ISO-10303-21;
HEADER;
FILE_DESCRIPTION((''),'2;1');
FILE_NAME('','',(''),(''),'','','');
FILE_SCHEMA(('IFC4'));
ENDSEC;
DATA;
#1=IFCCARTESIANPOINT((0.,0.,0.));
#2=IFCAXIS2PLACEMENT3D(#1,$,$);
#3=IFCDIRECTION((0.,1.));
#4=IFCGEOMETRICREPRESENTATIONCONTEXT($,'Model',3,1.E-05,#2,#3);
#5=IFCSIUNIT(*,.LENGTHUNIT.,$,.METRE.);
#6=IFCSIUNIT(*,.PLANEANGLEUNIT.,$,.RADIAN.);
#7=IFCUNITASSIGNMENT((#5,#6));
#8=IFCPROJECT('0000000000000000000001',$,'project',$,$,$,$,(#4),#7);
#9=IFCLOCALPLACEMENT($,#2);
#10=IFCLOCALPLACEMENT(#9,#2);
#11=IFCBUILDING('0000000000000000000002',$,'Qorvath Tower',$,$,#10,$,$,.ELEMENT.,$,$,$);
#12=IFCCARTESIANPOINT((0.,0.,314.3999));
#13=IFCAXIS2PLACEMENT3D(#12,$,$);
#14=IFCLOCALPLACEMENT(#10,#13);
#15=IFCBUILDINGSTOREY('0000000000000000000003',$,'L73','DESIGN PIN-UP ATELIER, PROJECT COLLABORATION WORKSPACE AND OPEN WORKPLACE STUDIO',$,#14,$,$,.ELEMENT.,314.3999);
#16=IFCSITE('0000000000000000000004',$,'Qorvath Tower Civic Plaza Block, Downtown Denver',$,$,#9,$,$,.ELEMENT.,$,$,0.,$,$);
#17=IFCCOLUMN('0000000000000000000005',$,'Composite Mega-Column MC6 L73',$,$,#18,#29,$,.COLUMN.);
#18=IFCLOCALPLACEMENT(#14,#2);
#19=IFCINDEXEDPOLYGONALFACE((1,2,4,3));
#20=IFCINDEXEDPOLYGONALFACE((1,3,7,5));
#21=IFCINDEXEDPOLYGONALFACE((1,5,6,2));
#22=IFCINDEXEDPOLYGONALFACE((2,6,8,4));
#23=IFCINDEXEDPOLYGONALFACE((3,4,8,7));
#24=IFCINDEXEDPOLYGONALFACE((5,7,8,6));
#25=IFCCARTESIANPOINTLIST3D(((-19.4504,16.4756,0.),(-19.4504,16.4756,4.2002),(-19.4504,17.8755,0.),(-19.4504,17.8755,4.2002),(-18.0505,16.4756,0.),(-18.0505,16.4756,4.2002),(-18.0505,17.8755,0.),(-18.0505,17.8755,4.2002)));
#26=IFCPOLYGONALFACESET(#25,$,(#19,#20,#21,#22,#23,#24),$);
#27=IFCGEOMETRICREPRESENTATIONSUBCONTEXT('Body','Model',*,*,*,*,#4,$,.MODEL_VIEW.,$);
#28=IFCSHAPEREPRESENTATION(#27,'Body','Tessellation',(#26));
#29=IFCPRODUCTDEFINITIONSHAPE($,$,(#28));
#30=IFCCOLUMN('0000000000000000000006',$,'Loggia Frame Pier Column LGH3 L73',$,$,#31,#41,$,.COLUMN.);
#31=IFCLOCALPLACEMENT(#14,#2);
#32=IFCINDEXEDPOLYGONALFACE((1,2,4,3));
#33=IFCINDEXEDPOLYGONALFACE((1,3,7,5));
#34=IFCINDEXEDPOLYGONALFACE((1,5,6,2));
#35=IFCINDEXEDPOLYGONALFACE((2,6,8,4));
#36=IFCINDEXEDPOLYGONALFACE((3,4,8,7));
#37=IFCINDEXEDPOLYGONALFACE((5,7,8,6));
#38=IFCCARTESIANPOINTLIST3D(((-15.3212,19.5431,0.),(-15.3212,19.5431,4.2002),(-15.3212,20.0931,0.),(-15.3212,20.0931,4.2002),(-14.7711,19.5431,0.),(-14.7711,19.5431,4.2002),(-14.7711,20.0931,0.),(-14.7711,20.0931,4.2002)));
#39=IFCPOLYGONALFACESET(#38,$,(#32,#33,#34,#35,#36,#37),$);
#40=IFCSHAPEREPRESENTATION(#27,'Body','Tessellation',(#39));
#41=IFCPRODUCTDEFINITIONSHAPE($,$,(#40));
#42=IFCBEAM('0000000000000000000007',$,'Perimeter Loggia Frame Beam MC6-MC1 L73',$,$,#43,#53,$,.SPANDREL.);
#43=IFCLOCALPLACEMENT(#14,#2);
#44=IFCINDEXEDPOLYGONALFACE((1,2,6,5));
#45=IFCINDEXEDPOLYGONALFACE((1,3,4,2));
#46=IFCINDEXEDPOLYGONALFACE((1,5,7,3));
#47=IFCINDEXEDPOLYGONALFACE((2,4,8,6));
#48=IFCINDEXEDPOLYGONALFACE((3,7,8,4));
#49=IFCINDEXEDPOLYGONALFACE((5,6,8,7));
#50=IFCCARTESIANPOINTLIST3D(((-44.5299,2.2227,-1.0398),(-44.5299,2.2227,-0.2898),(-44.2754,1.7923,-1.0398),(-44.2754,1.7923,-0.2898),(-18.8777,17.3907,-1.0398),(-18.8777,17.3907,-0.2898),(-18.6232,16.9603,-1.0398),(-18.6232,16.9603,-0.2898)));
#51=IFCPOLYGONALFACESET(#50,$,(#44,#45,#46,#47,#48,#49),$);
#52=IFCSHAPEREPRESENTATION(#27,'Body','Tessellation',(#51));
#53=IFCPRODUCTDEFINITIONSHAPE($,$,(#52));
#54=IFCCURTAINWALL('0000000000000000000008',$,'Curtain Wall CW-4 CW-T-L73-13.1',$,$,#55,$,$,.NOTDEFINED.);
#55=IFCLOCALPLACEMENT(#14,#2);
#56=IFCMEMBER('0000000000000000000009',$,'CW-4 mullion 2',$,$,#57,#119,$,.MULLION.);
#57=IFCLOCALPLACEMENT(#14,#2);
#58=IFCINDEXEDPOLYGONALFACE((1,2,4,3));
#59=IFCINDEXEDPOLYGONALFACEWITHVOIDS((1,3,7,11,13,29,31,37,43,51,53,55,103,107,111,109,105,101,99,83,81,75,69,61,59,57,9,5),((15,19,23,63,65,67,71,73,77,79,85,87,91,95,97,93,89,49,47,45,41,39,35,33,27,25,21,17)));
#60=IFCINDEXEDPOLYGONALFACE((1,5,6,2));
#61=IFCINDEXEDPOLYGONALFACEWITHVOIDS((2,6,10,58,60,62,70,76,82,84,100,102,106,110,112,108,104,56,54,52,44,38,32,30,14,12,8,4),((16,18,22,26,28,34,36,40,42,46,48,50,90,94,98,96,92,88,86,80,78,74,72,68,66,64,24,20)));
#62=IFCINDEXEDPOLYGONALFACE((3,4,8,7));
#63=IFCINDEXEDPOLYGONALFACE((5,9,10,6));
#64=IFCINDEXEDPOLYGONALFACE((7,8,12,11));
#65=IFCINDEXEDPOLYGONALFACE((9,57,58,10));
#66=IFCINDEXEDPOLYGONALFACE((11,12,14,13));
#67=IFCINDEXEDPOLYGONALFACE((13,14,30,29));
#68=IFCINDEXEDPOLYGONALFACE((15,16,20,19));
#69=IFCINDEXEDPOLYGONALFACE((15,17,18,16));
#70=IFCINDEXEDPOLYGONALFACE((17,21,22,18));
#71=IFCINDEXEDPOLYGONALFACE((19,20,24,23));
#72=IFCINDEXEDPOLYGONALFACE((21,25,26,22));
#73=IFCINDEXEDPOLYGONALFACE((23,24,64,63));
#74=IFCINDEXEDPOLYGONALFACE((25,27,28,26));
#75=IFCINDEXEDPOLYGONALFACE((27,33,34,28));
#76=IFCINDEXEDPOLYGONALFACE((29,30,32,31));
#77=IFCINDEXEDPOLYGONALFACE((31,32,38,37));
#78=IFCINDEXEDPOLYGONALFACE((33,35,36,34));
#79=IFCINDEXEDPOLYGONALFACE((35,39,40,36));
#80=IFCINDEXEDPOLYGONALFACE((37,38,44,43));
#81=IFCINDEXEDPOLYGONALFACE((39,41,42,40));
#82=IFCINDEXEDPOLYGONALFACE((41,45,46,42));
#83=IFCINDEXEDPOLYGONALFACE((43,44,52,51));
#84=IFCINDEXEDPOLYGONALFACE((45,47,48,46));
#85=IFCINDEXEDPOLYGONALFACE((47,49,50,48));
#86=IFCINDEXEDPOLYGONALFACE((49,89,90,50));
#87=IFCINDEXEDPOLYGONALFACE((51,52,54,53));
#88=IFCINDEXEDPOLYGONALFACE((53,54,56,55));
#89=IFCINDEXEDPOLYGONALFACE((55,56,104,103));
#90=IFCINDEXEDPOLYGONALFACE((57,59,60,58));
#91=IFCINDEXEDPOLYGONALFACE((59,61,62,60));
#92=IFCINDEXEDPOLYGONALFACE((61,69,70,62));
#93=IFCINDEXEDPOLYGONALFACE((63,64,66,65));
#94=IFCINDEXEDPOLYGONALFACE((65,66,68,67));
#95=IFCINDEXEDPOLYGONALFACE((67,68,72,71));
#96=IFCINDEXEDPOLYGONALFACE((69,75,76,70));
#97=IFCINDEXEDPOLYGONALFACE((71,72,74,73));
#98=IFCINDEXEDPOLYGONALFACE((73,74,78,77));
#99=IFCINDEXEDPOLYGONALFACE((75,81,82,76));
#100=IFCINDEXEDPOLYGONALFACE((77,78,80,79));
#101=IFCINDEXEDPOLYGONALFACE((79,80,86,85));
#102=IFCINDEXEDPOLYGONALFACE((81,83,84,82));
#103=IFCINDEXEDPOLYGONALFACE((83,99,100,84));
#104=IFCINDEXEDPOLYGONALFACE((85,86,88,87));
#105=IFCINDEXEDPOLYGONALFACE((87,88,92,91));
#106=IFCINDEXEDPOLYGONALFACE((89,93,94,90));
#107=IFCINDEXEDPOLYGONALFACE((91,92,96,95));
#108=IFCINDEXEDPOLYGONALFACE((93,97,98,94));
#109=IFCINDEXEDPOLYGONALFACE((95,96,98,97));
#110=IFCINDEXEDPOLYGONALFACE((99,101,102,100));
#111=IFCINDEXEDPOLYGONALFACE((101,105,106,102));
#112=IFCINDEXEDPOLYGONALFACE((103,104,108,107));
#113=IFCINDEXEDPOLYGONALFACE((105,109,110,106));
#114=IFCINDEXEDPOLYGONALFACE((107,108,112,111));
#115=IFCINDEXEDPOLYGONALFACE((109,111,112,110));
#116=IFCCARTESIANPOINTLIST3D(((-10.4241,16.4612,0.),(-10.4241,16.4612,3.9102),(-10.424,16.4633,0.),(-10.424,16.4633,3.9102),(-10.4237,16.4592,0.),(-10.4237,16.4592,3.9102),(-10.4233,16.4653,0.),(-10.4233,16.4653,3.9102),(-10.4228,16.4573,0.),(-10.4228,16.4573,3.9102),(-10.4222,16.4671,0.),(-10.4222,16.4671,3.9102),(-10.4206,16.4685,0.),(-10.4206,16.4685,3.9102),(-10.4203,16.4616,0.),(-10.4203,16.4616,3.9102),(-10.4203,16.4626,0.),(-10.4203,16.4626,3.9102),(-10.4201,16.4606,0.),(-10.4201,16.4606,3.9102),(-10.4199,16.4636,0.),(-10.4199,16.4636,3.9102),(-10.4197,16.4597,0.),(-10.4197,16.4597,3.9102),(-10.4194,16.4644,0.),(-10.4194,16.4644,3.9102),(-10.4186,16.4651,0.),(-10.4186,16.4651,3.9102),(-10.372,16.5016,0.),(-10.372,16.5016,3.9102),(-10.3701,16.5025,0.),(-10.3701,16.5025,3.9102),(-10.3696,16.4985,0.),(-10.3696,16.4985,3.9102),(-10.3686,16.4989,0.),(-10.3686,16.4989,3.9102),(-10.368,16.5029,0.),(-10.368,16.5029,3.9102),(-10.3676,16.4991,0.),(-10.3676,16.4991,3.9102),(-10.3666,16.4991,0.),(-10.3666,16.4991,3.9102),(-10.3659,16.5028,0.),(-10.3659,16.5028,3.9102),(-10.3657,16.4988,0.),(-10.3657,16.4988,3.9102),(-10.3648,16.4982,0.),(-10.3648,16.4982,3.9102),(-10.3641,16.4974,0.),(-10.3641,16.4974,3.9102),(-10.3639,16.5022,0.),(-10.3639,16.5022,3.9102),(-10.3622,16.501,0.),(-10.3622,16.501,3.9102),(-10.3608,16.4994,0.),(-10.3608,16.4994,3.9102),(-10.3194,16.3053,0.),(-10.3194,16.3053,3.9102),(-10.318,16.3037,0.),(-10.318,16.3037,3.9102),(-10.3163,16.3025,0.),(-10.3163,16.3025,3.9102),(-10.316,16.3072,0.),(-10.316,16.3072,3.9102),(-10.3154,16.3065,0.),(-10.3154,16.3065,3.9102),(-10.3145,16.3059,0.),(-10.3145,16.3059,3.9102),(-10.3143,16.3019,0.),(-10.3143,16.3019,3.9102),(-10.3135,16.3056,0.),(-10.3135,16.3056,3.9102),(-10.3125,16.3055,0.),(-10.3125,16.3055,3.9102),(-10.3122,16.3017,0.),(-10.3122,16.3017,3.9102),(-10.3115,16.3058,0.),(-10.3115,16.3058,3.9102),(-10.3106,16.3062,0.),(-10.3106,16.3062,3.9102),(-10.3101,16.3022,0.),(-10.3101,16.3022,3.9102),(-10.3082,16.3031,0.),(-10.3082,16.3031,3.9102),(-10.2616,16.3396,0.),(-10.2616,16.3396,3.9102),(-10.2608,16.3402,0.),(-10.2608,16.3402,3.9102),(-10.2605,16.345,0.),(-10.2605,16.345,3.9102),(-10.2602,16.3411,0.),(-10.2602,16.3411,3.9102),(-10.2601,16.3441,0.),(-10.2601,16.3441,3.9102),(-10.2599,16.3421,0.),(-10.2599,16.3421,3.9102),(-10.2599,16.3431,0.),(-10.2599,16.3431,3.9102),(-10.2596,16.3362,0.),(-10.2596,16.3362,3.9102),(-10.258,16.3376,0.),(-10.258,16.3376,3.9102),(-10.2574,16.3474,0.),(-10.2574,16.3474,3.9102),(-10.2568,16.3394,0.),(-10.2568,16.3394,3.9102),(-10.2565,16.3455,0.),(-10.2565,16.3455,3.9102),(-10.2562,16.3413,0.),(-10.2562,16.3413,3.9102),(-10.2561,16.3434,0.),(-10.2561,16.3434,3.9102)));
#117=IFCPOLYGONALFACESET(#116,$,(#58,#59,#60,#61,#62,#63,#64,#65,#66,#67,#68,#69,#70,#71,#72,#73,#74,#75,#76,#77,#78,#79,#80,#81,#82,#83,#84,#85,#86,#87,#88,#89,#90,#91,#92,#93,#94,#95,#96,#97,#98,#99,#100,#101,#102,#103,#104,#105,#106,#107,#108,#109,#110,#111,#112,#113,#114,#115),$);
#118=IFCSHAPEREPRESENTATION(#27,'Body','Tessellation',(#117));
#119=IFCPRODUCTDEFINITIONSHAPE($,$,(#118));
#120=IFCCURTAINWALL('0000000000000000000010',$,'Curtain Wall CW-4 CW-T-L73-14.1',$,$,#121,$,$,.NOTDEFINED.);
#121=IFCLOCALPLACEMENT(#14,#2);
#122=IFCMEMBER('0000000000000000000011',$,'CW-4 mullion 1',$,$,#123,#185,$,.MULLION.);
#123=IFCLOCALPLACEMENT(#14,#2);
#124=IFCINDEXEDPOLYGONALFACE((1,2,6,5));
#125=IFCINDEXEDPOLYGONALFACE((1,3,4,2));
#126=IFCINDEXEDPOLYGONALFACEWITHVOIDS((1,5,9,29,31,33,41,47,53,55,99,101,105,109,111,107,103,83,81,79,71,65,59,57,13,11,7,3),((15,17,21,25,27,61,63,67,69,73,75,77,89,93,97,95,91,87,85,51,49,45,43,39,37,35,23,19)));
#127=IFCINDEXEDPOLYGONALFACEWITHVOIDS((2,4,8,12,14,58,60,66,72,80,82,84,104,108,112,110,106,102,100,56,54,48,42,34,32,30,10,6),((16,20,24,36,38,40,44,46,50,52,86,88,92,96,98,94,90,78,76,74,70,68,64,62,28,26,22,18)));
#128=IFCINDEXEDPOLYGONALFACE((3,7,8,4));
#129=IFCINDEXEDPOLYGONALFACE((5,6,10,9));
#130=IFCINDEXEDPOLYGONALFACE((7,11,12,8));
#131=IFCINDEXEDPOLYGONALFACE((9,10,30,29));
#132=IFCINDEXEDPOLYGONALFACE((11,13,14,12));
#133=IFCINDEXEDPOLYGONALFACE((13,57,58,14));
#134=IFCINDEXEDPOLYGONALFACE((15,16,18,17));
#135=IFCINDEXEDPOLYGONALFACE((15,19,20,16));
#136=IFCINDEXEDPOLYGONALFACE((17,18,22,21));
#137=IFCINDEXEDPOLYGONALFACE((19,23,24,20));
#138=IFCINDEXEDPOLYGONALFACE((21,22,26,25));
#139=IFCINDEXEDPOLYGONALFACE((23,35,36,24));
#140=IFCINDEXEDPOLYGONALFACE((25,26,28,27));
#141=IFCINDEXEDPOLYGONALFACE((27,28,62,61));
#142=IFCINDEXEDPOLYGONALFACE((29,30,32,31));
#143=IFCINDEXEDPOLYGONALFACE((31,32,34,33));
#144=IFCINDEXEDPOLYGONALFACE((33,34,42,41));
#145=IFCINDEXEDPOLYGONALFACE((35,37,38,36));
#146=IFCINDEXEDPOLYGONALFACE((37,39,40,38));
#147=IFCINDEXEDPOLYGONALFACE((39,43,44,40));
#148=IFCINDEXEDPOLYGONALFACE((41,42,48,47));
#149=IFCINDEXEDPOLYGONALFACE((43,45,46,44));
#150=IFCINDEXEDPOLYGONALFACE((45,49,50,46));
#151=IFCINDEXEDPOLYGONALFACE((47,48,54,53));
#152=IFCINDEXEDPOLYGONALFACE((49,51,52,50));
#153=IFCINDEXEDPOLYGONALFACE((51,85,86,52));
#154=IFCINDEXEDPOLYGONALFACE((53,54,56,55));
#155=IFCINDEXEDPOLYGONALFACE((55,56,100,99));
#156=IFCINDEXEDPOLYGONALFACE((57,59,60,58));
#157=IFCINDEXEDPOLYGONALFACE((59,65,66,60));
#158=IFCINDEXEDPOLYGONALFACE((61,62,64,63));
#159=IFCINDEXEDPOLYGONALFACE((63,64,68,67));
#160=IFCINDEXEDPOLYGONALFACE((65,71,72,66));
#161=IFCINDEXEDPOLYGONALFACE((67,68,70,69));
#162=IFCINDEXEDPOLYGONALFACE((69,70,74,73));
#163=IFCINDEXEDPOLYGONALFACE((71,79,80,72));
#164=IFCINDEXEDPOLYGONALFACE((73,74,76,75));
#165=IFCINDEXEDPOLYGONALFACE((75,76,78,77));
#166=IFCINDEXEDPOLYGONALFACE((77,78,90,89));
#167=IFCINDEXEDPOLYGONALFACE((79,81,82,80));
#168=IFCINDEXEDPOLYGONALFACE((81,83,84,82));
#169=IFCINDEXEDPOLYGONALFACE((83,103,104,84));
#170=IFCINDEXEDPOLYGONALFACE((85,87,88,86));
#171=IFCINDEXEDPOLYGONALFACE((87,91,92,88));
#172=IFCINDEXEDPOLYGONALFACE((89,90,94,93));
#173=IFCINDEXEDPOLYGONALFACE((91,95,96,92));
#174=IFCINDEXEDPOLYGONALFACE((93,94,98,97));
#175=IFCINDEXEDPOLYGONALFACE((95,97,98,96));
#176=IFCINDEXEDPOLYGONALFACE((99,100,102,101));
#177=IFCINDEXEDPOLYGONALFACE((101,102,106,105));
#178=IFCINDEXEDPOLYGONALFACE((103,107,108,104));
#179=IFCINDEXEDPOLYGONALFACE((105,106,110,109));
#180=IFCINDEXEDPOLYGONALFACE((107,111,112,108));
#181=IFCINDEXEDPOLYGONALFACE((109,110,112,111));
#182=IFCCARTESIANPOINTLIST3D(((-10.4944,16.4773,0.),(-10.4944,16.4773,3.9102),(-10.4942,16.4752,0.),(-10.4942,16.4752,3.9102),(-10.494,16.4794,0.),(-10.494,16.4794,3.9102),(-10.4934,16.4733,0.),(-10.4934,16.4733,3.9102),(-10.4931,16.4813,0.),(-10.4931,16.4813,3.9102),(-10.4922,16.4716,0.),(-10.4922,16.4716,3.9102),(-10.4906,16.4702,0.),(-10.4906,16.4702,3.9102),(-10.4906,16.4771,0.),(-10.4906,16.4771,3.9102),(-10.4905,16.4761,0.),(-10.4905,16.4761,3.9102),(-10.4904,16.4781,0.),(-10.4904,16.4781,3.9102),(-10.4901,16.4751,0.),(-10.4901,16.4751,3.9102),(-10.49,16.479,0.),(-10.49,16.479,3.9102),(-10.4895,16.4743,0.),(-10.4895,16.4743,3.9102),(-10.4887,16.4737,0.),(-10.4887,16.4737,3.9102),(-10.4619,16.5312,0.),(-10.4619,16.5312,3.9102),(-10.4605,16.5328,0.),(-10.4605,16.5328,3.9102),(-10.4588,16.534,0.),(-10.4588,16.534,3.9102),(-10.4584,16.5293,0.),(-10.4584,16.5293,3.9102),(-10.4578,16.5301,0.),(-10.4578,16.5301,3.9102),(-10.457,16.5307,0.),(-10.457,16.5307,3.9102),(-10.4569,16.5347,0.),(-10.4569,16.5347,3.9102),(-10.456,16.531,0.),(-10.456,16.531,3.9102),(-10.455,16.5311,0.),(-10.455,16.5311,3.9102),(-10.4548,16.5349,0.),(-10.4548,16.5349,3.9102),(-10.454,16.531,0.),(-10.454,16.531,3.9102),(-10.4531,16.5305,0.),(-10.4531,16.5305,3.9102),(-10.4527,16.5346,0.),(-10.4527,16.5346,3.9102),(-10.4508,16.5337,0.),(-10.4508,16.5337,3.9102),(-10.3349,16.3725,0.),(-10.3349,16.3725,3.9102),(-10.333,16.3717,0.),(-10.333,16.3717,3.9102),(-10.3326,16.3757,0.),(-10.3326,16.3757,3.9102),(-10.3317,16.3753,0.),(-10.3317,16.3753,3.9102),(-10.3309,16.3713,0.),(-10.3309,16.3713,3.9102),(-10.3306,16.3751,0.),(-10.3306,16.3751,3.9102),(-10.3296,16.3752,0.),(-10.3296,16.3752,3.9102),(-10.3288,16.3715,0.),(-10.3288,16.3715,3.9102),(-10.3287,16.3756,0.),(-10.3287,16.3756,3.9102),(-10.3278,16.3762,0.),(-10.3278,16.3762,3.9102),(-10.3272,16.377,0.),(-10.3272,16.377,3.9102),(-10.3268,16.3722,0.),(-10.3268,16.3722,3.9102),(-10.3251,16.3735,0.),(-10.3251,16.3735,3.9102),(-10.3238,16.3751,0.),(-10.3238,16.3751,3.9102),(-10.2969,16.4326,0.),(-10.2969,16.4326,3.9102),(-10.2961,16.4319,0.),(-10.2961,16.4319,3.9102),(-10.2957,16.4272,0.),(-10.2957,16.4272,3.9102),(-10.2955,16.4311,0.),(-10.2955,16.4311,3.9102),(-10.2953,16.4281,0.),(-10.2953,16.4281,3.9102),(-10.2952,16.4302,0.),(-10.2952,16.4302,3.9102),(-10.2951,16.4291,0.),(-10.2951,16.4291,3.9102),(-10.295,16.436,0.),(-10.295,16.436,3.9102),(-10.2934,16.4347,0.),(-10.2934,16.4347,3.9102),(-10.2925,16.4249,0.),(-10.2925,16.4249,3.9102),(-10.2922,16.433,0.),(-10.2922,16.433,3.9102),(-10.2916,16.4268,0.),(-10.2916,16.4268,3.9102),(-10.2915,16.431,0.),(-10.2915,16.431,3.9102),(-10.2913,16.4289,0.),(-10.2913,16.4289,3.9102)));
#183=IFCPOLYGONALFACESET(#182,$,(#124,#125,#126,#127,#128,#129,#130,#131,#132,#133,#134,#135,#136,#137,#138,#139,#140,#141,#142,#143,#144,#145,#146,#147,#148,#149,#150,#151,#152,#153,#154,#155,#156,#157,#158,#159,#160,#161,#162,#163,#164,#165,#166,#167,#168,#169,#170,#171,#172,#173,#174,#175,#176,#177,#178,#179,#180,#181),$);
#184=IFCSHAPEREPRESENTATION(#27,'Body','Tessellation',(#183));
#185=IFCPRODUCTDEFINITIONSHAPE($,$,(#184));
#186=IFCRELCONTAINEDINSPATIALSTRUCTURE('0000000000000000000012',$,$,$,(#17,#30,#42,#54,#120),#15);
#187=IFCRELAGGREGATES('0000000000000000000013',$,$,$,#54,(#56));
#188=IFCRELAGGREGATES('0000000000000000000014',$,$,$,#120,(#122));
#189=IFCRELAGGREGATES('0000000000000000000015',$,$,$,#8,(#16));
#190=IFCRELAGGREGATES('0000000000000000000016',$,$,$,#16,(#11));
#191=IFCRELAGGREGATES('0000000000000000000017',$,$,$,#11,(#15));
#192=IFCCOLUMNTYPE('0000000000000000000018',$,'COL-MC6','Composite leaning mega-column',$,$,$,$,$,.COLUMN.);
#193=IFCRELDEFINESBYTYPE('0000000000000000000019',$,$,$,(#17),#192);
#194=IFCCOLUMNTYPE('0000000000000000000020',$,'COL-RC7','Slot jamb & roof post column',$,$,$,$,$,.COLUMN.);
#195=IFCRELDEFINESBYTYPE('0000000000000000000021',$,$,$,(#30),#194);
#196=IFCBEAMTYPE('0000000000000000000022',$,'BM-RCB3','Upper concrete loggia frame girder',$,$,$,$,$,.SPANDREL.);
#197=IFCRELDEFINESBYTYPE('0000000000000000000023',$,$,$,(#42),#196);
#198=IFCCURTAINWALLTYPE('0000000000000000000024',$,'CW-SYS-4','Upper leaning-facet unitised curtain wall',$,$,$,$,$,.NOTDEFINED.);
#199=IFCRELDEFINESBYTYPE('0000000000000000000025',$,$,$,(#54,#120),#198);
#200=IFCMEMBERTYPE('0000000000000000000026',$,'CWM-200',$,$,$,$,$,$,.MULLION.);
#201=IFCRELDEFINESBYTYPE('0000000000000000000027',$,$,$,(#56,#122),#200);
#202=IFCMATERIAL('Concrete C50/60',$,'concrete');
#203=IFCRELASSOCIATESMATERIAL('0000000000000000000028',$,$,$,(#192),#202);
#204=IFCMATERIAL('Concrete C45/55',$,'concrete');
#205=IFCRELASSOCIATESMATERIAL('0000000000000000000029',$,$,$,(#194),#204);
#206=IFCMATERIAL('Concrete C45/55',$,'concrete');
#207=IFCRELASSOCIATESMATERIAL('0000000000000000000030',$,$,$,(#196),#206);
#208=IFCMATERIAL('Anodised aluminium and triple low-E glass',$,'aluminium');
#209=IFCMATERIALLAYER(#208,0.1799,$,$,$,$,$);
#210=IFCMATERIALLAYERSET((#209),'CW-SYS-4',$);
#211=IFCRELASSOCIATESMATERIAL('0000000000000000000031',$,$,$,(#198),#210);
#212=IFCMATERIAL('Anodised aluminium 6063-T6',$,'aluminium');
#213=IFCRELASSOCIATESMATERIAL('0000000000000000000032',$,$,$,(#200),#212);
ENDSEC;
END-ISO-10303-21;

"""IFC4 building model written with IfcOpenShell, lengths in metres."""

from ifc_helpers import new_model, si_unit, direction, frame, origin, origin_2d, place, context, subcontext, project, spatial, rectangle, hollow_rectangle, extrude, material, layer, layer_set, material_profile, profile_set, type_object, element, aggregate, save


model = new_model("IFC4")

# Units and contexts
model_context = context("Model", 3, precision=1e-05, world=origin(), true_north=direction((0.0, 1.0)))
body_context = subcontext(model_context, "Body", "Model", "MODEL_VIEW")
ifc_project = project(units=[si_unit("LENGTHUNIT", "METRE"), si_unit("PLANEANGLEUNIT", "RADIAN")], contexts=[model_context])

# Site, building, storey
site_placement = place(None, origin())
site = spatial("IfcSite", under=ifc_project, at=site_placement, Name="Qorvath Tower Civic Plaza Block, Downtown Denver", CompositionType="ELEMENT", RefElevation=0.0)
building_placement = place(site_placement, origin())
building = spatial("IfcBuilding", under=site, at=building_placement, Name="Qorvath Tower", CompositionType="ELEMENT")
storey_placement = place(building_placement, frame((0.0, 0.0, 314.3999)))
storey = spatial("IfcBuildingStorey", under=building, at=storey_placement, Name="L73", Description="DESIGN PIN-UP ATELIER, PROJECT COLLABORATION WORKSPACE AND OPEN WORKPLACE STUDIO", CompositionType="ELEMENT", Elevation=314.3999)

# Columns
ifc_material_1 = material(Name="Concrete C50/60", Category="concrete")
ifc_material_profile_1 = material_profile(ifc_material_1, rectangle(XDim=1.3999, YDim=1.3999, at=origin_2d()), Name="MC 1400x1400")
ifc_profile_set_1 = profile_set([ifc_material_profile_1], Name="Concrete C50/60")
column_type_1 = type_object("IfcColumnType", Name="COL-MC6", Description="Composite leaning mega-column", PredefinedType="COLUMN", material=ifc_profile_set_1)
column_1_placement = place(storey_placement, frame((-18.7505, 17.1755, 0.0), z_axis=(0.0, 0.0, 1.0), x_axis=(1.0, 0.0, 0.0)))
element("IfcColumn", 1, at=column_1_placement, inside=storey, type_object=column_type_1, Name="Composite Mega-Column MC6 L73", PredefinedType="COLUMN", context=body_context, shape_type="SweptSolid", body=[
    extrude(rectangle(XDim=1.3999, YDim=1.3999, at=origin_2d()), origin(), (0.0, 0.0, 1.0), 4.2002),
])
ifc_material_2 = material(Name="Concrete C45/55", Category="concrete")
ifc_material_profile_2 = material_profile(ifc_material_2, rectangle(XDim=0.55, YDim=0.55, at=origin_2d()), Name="RC 550x550")
ifc_profile_set_2 = profile_set([ifc_material_profile_2], Name="Concrete C45/55")
column_type_2 = type_object("IfcColumnType", Name="COL-RC7", Description="Slot jamb & roof post column", PredefinedType="COLUMN", material=ifc_profile_set_2)
column_2_placement = place(storey_placement, frame((-15.0461, 19.8181, 0.0), z_axis=(0.0, 0.0, 1.0), x_axis=(1.0, 0.0, 0.0)))
element("IfcColumn", 2, at=column_2_placement, inside=storey, type_object=column_type_2, Name="Loggia Frame Pier Column LGH3 L73", PredefinedType="COLUMN", context=body_context, shape_type="SweptSolid", body=[
    extrude(rectangle(XDim=0.55, YDim=0.55, at=origin_2d()), origin(), (0.0, 0.0, 1.0), 4.2002),
])

# Beam
ifc_material_3 = material(Name="Concrete C45/55", Category="concrete")
ifc_material_profile_3 = material_profile(ifc_material_3, rectangle(XDim=0.5, YDim=0.75, at=origin_2d()), Name="RCB 750x500")
ifc_profile_set_3 = profile_set([ifc_material_profile_3], Name="Concrete C45/55")
beam_type = type_object("IfcBeamType", Name="BM-RCB3", Description="Upper concrete loggia frame girder", PredefinedType="SPANDREL", material=ifc_profile_set_3)
beam_placement = place(storey_placement, frame((-18.7505, 17.1755, -0.6648), z_axis=(-0.860781, -0.508976, 0.0), x_axis=(0.508976, -0.860781, 0.0)))
element("IfcBeam", 3, at=beam_placement, inside=storey, type_object=beam_type, Name="Perimeter Loggia Frame Beam MC6-MC1 L73", PredefinedType="SPANDREL", context=body_context, shape_type="SweptSolid", body=[
    extrude(rectangle(XDim=0.5, YDim=0.75, at=origin_2d()), origin(), (0.0, 0.0, 1.0), 29.801),
])

# Curtain wall, member
ifc_material_4 = material(Name="Anodised aluminium and triple low-E glass", Category="aluminium")
ifc_layer_1 = layer(ifc_material_4, 0.1799)
ifc_layer_set_1 = layer_set([ifc_layer_1], Name="CW-SYS-4")
curtain_wall_type = type_object("IfcCurtainWallType", Name="CW-SYS-4", Description="Upper leaning-facet unitised curtain wall", PredefinedType="NOTDEFINED", material=ifc_layer_set_1)
curtain_wall_1_placement = place(storey_placement, origin())
curtain_wall_1 = element("IfcCurtainWall", 4, at=curtain_wall_1_placement, inside=storey, type_object=curtain_wall_type, Name="Curtain Wall CW-4 CW-T-L73-13.1", PredefinedType="NOTDEFINED")
ifc_material_5 = material(Name="Anodised aluminium 6063-T6", Category="aluminium")
ifc_material_profile_4 = material_profile(ifc_material_5, hollow_rectangle(XDim=0.075, YDim=0.2, WallThickness=0.0039, InnerFilletRadius=0.0039, OuterFilletRadius=0.0081, at=origin_2d()), Name="CWM 200x75")
ifc_profile_set_4 = profile_set([ifc_material_profile_4], Name="Anodised aluminium 6063-T6")
member_type_1 = type_object("IfcMemberType", Name="CWM-200", PredefinedType="MULLION", material=ifc_profile_set_4)
member_1_placement = place(storey_placement, frame((-10.3401, 16.4023, 0.0), z_axis=(0.0, 0.0, 1.0), x_axis=(-0.827071, -0.562098, 0.0)))
member_1 = element("IfcMember", 5, at=member_1_placement, type_object=member_type_1, Name="CW-4 mullion 2", PredefinedType="MULLION", context=body_context, shape_type="SweptSolid", body=[
    extrude(hollow_rectangle(XDim=0.075, YDim=0.2, WallThickness=0.0039, InnerFilletRadius=0.0039, OuterFilletRadius=0.0081, at=origin_2d()), origin(), (0.0, 0.0, 1.0), 3.9102),
])

# Curtain wall, member
curtain_wall_2_placement = place(storey_placement, origin())
curtain_wall_2 = element("IfcCurtainWall", 6, at=curtain_wall_2_placement, inside=storey, type_object=curtain_wall_type, Name="Curtain Wall CW-4 CW-T-L73-14.1", PredefinedType="NOTDEFINED")
member_2_placement = place(storey_placement, frame((-10.3928, 16.4531, 0.0), z_axis=(0.0, 0.0, 1.0), x_axis=(-0.531324, -0.847168, 0.0)))
member_2 = element("IfcMember", 7, at=member_2_placement, type_object=member_type_1, Name="CW-4 mullion 1", PredefinedType="MULLION", context=body_context, shape_type="SweptSolid", body=[
    extrude(hollow_rectangle(XDim=0.075, YDim=0.2, WallThickness=0.0039, InnerFilletRadius=0.0039, OuterFilletRadius=0.0081, at=origin_2d()), origin(), (0.0, 0.0, 1.0), 3.9102),
])

aggregate(curtain_wall_1, [member_1])
aggregate(curtain_wall_2, [member_2])

save(model, "model.ifc")
